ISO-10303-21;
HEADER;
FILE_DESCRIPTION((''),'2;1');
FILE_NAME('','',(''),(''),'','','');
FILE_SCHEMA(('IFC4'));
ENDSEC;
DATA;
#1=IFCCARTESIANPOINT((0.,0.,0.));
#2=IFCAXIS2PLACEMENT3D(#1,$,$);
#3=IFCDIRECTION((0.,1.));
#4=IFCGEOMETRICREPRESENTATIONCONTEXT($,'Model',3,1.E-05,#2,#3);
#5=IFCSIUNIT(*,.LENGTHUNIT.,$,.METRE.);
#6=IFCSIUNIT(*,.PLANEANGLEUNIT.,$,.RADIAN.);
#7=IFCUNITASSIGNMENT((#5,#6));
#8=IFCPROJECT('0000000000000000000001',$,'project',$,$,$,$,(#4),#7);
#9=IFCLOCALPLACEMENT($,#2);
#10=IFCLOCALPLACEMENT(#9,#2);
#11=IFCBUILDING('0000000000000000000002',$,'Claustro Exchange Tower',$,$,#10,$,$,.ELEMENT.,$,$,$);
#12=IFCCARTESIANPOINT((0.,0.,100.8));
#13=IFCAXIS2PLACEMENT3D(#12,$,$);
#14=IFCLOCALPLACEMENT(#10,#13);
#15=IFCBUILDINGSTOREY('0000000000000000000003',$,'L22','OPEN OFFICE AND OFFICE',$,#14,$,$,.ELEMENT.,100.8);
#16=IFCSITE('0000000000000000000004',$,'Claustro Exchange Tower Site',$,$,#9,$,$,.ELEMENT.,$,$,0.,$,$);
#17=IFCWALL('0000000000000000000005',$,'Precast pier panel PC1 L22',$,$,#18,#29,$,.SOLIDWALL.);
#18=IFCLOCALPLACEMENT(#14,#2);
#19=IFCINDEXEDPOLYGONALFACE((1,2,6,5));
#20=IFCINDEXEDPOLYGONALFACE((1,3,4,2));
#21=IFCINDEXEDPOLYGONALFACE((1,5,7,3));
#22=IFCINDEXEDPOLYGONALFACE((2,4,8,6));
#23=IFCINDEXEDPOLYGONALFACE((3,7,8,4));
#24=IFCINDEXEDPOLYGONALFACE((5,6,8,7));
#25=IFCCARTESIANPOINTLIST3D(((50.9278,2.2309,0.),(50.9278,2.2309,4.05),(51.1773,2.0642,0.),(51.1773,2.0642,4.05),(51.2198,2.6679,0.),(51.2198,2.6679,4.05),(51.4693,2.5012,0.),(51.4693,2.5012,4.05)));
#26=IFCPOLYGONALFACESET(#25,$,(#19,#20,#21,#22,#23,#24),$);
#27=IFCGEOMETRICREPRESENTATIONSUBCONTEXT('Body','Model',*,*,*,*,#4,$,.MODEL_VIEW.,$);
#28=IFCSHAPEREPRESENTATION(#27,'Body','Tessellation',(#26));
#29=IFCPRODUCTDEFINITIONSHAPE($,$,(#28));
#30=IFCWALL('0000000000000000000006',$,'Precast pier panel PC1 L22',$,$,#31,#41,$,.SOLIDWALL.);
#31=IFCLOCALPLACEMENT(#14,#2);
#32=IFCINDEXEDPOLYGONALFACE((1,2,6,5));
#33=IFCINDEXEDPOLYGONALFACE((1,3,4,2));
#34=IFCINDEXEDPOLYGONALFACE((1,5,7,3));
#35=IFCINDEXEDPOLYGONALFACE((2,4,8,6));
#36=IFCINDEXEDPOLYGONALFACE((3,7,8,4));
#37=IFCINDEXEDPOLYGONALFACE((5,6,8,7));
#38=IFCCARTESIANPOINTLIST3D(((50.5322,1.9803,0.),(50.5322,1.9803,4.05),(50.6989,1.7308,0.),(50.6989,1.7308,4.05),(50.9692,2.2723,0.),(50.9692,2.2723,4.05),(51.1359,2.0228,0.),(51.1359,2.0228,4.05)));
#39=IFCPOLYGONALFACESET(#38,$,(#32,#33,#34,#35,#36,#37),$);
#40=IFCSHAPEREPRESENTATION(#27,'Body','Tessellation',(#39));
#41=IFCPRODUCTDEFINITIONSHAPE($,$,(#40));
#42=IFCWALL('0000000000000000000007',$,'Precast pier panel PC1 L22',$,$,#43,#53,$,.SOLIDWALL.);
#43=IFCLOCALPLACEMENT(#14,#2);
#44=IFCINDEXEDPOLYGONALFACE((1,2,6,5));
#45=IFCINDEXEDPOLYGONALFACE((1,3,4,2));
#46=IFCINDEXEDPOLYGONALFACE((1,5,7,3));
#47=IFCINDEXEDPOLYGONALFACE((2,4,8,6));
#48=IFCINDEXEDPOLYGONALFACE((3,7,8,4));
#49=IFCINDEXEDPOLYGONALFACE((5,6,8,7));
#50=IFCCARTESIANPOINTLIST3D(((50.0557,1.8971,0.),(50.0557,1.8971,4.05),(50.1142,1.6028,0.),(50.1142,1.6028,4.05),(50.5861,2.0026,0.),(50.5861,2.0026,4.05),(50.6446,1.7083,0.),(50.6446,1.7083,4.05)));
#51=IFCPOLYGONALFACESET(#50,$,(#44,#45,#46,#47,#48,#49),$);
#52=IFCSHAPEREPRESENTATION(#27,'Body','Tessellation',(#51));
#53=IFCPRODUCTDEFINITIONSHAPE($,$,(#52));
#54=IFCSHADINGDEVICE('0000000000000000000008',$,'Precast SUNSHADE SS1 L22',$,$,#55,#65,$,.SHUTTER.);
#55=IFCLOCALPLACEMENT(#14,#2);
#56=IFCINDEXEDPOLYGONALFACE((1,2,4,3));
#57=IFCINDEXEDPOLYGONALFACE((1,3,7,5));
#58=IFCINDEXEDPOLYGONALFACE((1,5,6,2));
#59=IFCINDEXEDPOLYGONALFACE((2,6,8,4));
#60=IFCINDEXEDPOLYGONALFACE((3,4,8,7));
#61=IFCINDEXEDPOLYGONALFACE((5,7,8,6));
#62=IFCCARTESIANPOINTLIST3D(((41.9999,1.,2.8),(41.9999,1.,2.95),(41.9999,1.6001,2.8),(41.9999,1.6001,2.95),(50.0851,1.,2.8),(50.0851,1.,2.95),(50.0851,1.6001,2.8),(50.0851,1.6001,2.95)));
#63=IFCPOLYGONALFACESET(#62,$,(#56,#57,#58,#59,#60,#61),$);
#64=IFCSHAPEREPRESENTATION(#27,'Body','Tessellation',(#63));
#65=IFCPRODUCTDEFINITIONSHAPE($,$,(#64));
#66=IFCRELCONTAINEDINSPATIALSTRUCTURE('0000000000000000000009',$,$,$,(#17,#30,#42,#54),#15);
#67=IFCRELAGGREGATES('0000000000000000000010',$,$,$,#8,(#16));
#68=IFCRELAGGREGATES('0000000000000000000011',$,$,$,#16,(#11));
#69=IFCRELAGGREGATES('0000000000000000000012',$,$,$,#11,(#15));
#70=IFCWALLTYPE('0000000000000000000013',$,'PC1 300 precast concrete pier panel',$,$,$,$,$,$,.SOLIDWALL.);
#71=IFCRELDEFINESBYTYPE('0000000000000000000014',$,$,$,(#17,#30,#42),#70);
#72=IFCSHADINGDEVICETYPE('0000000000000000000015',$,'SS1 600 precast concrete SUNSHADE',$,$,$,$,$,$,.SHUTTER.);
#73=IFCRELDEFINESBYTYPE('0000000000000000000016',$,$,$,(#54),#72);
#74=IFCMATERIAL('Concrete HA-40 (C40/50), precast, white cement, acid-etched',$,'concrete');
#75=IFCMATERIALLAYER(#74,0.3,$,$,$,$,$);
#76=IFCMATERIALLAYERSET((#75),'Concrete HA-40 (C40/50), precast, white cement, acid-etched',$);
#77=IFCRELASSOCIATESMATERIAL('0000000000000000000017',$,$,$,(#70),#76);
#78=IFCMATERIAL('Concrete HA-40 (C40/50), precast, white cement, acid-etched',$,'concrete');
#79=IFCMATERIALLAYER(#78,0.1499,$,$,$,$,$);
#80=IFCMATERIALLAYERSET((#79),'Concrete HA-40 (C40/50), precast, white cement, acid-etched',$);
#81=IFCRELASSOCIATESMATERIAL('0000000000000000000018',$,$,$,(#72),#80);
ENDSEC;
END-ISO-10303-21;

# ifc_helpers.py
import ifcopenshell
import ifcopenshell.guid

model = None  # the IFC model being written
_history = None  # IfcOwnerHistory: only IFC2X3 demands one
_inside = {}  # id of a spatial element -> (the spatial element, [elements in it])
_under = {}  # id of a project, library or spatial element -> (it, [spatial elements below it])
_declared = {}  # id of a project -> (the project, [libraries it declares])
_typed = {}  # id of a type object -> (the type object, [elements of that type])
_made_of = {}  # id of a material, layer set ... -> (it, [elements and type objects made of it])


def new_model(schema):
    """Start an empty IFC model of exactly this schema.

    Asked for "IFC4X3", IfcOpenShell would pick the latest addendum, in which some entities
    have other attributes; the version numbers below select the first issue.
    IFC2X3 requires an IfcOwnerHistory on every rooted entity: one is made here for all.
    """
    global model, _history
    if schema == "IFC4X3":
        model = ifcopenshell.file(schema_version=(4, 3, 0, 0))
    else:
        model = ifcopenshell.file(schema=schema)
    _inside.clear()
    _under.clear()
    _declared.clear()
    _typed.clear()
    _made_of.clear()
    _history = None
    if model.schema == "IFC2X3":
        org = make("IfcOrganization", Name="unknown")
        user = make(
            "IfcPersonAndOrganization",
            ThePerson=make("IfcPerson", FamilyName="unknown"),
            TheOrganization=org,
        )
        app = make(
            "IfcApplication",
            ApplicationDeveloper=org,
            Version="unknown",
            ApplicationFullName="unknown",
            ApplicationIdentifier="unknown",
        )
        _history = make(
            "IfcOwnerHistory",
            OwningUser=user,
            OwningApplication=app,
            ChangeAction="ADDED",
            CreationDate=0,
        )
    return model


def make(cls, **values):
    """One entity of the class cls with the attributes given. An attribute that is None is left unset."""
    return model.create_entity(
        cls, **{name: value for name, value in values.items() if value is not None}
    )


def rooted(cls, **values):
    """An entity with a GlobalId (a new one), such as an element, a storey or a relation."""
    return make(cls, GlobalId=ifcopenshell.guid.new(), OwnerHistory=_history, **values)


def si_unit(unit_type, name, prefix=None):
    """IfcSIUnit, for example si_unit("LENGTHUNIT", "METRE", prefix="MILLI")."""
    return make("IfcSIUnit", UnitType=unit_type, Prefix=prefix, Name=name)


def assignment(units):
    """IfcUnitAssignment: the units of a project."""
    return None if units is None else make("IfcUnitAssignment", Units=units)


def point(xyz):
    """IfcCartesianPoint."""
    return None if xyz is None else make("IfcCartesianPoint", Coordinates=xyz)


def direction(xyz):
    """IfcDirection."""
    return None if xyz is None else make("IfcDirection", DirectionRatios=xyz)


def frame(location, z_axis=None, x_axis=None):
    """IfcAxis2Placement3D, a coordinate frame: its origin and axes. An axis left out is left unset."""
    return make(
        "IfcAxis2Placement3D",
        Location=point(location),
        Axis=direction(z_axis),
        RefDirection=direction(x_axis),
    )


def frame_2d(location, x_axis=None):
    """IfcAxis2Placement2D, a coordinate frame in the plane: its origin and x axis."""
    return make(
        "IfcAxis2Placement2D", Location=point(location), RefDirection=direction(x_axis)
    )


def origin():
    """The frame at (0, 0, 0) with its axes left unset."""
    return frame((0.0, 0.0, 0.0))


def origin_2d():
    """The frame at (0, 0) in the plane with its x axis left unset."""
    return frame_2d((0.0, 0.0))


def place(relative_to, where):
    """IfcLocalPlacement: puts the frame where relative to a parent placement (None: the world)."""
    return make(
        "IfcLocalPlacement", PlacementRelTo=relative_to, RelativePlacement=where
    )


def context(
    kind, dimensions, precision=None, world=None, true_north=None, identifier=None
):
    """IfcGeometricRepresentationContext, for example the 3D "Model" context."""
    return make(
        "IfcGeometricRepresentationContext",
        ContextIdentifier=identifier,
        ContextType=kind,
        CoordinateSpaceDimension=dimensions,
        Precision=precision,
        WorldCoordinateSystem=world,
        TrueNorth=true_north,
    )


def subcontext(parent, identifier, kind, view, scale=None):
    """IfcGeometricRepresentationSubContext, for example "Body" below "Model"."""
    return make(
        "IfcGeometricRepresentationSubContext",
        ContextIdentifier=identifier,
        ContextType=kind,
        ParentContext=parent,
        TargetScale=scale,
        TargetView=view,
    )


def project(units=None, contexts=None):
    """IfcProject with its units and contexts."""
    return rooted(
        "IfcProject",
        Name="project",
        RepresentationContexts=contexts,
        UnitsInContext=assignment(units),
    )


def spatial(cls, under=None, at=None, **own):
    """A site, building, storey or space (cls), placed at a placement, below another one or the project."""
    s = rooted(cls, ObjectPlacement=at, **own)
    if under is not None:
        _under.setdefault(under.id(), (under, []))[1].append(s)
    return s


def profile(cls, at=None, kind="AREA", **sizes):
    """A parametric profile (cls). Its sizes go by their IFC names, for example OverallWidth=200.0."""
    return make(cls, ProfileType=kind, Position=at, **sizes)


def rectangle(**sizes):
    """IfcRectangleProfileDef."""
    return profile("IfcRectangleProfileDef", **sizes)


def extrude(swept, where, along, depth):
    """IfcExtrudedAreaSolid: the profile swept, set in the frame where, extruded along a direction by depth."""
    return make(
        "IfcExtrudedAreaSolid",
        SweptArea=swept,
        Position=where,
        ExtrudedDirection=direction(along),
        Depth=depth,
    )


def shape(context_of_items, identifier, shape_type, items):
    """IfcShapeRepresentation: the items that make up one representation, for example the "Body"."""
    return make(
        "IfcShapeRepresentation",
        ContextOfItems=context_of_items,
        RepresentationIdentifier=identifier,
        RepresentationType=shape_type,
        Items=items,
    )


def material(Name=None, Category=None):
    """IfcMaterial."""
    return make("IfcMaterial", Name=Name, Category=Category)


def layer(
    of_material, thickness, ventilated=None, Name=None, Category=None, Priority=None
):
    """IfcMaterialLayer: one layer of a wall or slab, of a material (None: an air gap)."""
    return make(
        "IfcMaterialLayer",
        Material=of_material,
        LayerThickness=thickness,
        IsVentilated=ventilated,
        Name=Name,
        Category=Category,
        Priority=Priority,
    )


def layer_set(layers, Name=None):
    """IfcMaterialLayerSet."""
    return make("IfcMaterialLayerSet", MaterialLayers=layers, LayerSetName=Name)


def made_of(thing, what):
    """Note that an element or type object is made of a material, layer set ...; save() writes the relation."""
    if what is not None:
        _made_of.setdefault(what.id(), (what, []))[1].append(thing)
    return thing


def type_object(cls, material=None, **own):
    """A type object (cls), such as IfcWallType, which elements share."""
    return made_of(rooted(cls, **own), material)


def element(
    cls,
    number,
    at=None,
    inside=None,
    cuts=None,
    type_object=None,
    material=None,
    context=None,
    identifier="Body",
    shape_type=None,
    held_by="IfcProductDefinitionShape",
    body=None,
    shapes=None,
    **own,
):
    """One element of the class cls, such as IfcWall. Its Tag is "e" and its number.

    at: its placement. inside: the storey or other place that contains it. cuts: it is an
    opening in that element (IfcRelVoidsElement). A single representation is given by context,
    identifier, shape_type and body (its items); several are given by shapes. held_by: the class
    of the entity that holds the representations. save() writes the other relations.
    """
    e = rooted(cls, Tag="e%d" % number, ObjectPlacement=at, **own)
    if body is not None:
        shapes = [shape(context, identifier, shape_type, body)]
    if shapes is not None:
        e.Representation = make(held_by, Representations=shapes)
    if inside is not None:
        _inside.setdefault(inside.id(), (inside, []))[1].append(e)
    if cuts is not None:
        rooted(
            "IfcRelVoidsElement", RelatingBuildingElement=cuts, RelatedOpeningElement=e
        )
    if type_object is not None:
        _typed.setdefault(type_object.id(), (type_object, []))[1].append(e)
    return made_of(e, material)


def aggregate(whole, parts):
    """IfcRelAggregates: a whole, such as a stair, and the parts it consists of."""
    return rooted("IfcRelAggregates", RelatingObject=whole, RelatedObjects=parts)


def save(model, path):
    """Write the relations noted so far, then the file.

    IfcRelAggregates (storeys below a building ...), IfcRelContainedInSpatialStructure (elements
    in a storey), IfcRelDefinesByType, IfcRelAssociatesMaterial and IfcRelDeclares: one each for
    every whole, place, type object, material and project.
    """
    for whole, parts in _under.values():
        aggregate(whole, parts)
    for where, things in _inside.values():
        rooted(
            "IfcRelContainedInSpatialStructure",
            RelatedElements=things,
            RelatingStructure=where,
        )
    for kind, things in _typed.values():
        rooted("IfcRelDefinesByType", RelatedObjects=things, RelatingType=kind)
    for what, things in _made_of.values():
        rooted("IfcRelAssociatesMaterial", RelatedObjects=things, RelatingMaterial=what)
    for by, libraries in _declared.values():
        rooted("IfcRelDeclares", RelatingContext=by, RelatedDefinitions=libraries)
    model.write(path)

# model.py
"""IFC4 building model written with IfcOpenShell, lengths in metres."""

from ifc_helpers import new_model, si_unit, direction, frame, frame_2d, origin, origin_2d, place, context, subcontext, project, spatial, rectangle, extrude, material, layer, layer_set, type_object, element, save


model = new_model("IFC4")

# Units and contexts
model_context = context("Model", 3, precision=1e-05, world=origin(), true_north=direction((0.0, 1.0)))
body_context = subcontext(model_context, "Body", "Model", "MODEL_VIEW")
ifc_project = project(units=[si_unit("LENGTHUNIT", "METRE"), si_unit("PLANEANGLEUNIT", "RADIAN")], contexts=[model_context])

# Site, building, storey
site_placement = place(None, origin())
site = spatial("IfcSite", under=ifc_project, at=site_placement, Name="Claustro Exchange Tower Site", CompositionType="ELEMENT", RefElevation=0.0)
building_placement = place(site_placement, origin())
building = spatial("IfcBuilding", under=site, at=building_placement, Name="Claustro Exchange Tower", CompositionType="ELEMENT")
storey_placement = place(building_placement, frame((0.0, 0.0, 100.8)))
storey = spatial("IfcBuildingStorey", under=building, at=storey_placement, Name="L22", Description="OPEN OFFICE AND OFFICE", CompositionType="ELEMENT", Elevation=100.8)

# Shared definitions
ifc_material_1 = material(Name="Concrete HA-40 (C40/50), precast, white cement, acid-etched", Category="concrete")
ifc_layer_1 = layer(ifc_material_1, 0.3)
ifc_layer_set_1 = layer_set([ifc_layer_1], Name="Concrete HA-40 (C40/50), precast, white cement, acid-etched")
wall_type_1 = type_object("IfcWallType", Name="PC1 300 precast concrete pier panel", PredefinedType="SOLIDWALL", material=ifc_layer_set_1)

# Walls
for number, where, z_axis, x_axis, name in (
    (1, (51.3445, 2.5845, 0.0), (0.0, 0.0, 1.0), (-0.555557, -0.831478, 0.0), "Precast pier panel PC1 L22"),
    (2, (51.0525, 2.1475, 0.0), (0.0, 0.0, 1.0), (-0.831478, -0.555557, 0.0), "Precast pier panel PC1 L22"),
):
    element("IfcWall", number, at=place(storey_placement, frame(where, z_axis=z_axis, x_axis=x_axis)), inside=storey, type_object=wall_type_1, Name=name, PredefinedType="SOLIDWALL", context=body_context, shape_type="SweptSolid", body=[
        extrude(rectangle(XDim=0.5256, YDim=0.3, at=frame_2d((0.2627, 0.0))), origin(), (0.0, 0.0, 1.0), 4.05),
    ])
wall_1_placement = place(storey_placement, frame((50.6155, 1.8555, 0.0), z_axis=(0.0, 0.0, 1.0), x_axis=(-0.980789, -0.195074, 0.0)))
element("IfcWall", 3, at=wall_1_placement, inside=storey, type_object=wall_type_1, Name="Precast pier panel PC1 L22", PredefinedType="SOLIDWALL", context=body_context, shape_type="SweptSolid", body=[
    extrude(rectangle(XDim=0.5408, YDim=0.3, at=frame_2d((0.2705, 0.0))), origin(), (0.0, 0.0, 1.0), 4.05),
])

# Shading device
ifc_material_2 = material(Name="Concrete HA-40 (C40/50), precast, white cement, acid-etched", Category="concrete")
ifc_layer_2 = layer(ifc_material_2, 0.1499)
ifc_layer_set_2 = layer_set([ifc_layer_2], Name="Concrete HA-40 (C40/50), precast, white cement, acid-etched")
shading_device_type = type_object("IfcShadingDeviceType", Name="SS1 600 precast concrete SUNSHADE", PredefinedType="SHUTTER", material=ifc_layer_set_2)
shading_device_placement = place(storey_placement, frame((46.0425, 1.3, 2.8), z_axis=(0.0, 0.0, 1.0), x_axis=(-1.0, 0.0, 0.0)))
element("IfcShadingDevice", 4, at=shading_device_placement, inside=storey, type_object=shading_device_type, Name="Precast SUNSHADE SS1 L22", PredefinedType="SHUTTER", context=body_context, shape_type="SweptSolid", body=[
    extrude(rectangle(XDim=8.0852, YDim=0.6001, at=origin_2d()), origin(), (0.0, 0.0, 1.0), 0.1499),
])

save(model, "model.ifc")
